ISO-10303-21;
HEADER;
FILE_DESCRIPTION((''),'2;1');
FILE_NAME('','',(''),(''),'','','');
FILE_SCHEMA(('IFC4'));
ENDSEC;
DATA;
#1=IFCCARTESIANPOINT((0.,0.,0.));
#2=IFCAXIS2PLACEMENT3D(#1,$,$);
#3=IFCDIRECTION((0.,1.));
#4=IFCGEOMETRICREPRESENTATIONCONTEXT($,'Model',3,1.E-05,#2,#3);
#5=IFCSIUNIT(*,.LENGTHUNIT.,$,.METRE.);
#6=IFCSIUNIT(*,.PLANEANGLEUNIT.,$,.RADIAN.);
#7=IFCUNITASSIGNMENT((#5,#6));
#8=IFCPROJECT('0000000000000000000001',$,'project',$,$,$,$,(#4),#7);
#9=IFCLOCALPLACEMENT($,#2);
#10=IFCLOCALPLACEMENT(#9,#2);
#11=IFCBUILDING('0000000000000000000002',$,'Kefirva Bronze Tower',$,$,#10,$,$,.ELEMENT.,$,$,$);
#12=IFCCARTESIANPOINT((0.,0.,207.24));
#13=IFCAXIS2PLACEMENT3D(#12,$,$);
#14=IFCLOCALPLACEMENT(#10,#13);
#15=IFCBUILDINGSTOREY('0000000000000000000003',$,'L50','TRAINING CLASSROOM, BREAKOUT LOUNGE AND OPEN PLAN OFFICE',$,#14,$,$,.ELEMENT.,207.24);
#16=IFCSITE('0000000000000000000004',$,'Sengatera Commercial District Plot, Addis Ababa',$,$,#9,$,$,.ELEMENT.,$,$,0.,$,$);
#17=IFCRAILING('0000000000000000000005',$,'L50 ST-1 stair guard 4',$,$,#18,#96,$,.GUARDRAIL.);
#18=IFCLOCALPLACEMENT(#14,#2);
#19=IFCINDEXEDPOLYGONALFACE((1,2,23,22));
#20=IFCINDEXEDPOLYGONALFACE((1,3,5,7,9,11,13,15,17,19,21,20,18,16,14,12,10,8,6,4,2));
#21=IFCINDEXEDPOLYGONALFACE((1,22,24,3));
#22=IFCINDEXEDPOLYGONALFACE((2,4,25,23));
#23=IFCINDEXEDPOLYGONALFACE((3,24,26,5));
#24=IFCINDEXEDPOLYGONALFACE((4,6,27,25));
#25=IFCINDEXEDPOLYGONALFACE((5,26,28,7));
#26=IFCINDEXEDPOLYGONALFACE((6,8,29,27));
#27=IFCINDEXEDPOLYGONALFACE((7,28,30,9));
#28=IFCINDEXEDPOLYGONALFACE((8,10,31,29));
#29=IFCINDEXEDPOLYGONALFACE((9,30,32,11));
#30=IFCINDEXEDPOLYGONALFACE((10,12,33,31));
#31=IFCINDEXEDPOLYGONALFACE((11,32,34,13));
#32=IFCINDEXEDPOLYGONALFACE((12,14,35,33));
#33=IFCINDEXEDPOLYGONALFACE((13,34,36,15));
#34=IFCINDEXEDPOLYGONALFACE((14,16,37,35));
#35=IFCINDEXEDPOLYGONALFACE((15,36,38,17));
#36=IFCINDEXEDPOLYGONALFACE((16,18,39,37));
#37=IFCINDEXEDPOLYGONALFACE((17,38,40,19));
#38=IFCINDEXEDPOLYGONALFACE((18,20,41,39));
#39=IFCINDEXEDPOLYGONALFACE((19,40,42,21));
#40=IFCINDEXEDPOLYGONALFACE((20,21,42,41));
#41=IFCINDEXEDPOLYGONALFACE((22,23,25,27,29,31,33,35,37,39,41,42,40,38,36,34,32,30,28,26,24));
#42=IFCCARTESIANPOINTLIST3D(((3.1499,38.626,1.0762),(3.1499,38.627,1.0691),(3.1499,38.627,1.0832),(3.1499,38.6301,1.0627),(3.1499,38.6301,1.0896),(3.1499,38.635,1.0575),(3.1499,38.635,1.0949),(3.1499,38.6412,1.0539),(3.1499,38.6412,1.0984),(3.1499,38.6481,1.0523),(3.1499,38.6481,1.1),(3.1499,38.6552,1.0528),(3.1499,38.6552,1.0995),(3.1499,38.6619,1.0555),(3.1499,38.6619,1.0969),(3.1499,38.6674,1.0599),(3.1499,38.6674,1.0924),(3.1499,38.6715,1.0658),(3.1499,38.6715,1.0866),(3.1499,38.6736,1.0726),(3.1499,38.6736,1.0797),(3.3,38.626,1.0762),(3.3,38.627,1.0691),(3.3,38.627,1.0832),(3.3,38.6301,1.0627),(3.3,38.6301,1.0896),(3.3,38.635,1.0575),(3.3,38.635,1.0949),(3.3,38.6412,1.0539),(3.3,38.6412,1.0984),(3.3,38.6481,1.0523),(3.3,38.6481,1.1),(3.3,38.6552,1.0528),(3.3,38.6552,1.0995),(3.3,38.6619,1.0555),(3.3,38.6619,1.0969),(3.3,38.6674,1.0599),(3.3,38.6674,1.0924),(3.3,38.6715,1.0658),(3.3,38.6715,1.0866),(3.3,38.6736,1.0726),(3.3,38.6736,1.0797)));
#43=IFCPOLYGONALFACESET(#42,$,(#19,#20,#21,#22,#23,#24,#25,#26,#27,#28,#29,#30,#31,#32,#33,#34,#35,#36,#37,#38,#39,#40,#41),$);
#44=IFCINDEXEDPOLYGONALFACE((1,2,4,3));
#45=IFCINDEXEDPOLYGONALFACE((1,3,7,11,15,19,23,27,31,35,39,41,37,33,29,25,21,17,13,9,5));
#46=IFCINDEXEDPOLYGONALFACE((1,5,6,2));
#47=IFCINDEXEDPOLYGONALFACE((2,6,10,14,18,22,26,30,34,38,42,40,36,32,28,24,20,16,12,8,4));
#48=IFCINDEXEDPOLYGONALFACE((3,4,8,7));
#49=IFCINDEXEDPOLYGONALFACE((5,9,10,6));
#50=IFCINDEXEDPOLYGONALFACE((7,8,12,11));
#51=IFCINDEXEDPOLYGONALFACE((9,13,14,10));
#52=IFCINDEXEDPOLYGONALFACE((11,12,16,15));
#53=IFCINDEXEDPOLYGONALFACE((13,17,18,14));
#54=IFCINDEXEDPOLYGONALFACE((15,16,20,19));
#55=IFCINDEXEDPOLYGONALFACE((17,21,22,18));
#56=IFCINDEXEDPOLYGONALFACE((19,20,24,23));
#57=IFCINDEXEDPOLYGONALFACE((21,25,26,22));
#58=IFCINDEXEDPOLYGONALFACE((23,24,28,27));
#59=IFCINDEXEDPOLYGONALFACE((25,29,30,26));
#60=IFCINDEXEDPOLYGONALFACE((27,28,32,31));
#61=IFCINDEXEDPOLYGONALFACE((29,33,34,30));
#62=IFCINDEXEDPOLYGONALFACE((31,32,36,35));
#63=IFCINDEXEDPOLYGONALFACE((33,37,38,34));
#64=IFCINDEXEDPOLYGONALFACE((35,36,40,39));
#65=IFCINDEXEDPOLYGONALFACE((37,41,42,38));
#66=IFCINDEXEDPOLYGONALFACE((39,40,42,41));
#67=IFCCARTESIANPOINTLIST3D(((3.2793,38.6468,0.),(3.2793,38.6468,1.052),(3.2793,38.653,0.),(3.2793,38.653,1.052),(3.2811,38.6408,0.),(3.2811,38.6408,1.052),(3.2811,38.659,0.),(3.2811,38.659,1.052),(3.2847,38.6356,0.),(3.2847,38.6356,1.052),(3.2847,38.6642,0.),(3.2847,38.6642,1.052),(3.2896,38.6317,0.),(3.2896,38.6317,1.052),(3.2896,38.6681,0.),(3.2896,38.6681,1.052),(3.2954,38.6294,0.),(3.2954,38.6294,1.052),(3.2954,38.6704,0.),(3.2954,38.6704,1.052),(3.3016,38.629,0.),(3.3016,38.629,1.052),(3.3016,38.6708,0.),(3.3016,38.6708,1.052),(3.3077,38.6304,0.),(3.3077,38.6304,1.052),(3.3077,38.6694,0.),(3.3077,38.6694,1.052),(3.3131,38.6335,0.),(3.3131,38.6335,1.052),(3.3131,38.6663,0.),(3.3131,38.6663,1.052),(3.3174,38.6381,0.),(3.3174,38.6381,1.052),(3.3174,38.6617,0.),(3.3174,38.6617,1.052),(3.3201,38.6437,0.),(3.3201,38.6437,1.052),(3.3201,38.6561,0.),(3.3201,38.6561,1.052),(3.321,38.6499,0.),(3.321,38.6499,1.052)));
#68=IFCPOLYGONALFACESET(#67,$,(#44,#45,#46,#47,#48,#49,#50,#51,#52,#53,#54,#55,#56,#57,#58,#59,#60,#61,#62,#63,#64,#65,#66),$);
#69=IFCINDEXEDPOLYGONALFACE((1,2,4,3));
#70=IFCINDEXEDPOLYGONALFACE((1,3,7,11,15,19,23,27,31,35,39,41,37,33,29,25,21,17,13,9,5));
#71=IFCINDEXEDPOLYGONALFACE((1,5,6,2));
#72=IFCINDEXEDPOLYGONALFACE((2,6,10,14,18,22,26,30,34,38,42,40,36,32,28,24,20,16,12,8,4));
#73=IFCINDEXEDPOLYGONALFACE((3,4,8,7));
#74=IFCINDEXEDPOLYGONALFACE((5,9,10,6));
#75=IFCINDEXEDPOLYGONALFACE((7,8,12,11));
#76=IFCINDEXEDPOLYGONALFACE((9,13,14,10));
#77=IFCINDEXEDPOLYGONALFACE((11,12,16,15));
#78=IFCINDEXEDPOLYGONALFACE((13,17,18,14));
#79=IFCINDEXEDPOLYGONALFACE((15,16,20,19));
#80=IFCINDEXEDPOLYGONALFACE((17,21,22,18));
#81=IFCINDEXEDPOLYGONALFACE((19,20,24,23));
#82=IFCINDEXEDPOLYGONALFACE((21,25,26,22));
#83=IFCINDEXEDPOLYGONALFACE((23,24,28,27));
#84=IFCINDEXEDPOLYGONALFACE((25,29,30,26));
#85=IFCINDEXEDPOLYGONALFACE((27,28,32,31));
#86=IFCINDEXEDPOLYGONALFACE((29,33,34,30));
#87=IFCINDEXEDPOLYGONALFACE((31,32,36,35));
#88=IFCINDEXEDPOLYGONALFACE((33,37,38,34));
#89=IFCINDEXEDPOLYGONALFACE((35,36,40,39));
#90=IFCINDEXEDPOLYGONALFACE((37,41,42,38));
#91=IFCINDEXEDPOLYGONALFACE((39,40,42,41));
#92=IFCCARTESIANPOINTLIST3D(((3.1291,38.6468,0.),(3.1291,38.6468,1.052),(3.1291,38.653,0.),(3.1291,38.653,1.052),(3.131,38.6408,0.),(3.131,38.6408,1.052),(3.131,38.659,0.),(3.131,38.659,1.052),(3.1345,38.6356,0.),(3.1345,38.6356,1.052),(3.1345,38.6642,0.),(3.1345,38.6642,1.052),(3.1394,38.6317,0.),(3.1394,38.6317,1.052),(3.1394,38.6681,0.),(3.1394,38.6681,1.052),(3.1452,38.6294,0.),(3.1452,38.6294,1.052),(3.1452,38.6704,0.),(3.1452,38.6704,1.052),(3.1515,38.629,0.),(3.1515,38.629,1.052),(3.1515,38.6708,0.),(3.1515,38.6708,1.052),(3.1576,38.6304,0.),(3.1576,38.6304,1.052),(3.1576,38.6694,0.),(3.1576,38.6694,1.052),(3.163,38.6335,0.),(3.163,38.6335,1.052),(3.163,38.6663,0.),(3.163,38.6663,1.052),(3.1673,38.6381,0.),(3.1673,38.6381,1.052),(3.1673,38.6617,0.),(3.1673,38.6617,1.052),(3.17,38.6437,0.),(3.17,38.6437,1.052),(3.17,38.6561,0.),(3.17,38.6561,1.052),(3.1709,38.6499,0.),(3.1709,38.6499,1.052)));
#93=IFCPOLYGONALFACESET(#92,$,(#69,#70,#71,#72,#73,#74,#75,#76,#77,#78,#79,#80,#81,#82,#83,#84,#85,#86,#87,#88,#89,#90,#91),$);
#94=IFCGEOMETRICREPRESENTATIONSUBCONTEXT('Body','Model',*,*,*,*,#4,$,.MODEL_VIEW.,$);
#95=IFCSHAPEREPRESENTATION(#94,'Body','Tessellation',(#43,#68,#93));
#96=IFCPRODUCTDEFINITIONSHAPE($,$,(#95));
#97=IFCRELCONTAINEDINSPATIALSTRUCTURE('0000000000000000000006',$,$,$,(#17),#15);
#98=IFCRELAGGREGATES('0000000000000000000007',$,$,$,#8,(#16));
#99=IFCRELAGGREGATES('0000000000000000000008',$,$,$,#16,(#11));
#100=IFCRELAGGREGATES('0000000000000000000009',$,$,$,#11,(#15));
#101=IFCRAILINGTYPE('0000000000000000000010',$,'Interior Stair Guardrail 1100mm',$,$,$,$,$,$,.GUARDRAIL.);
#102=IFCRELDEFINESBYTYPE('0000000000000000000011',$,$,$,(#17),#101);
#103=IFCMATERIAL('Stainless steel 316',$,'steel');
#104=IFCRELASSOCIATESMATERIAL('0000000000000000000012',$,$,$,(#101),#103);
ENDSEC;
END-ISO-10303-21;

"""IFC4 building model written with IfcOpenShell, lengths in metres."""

from ifc_helpers import new_model, si_unit, direction, frame, origin, origin_2d, place, context, subcontext, project, spatial, circle, extrude, material, type_object, element, save


model = new_model("IFC4")

# Units and contexts
model_context = context("Model", 3, precision=1e-05, world=origin(), true_north=direction((0.0, 1.0)))
body_context = subcontext(model_context, "Body", "Model", "MODEL_VIEW")
ifc_project = project(units=[si_unit("LENGTHUNIT", "METRE"), si_unit("PLANEANGLEUNIT", "RADIAN")], contexts=[model_context])

# Site, building, storey
site_placement = place(None, origin())
site = spatial("IfcSite", under=ifc_project, at=site_placement, Name="Sengatera Commercial District Plot, Addis Ababa", CompositionType="ELEMENT", RefElevation=0.0)
building_placement = place(site_placement, origin())
building = spatial("IfcBuilding", under=site, at=building_placement, Name="Kefirva Bronze Tower", CompositionType="ELEMENT")
storey_placement = place(building_placement, frame((0.0, 0.0, 207.24)))
storey = spatial("IfcBuildingStorey", under=building, at=storey_placement, Name="L50", Description="TRAINING CLASSROOM, BREAKOUT LOUNGE AND OPEN PLAN OFFICE", CompositionType="ELEMENT", Elevation=207.24)

# Railing
ifc_material_1 = material(Name="Stainless steel 316", Category="steel")
railing_type_1 = type_object("IfcRailingType", Name="Interior Stair Guardrail 1100mm", PredefinedType="GUARDRAIL", material=ifc_material_1)
railing_1_placement = place(storey_placement, frame((3.3, 38.6499, 0.0)))
element("IfcRailing", 1, at=railing_1_placement, inside=storey, type_object=railing_type_1, Name="L50 ST-1 stair guard 4", PredefinedType="GUARDRAIL", context=body_context, shape_type="SweptSolid", body=[
    extrude(circle(Radius=0.0239, at=origin_2d()), frame((0.0, 0.0, 1.0762), z_axis=(-1.0, 0.0, 0.0), x_axis=(0.0, -1.0, 0.0)), (0.0, 0.0, 1.0), 0.1501),
    extrude(circle(Radius=0.021, at=origin_2d()), origin(), (0.0, 0.0, 1.0), 1.052),
    extrude(circle(Radius=0.021, at=origin_2d()), frame((-0.1501, 0.0, 0.0)), (0.0, 0.0, 1.0), 1.052),
])

save(model, "model.ifc")
